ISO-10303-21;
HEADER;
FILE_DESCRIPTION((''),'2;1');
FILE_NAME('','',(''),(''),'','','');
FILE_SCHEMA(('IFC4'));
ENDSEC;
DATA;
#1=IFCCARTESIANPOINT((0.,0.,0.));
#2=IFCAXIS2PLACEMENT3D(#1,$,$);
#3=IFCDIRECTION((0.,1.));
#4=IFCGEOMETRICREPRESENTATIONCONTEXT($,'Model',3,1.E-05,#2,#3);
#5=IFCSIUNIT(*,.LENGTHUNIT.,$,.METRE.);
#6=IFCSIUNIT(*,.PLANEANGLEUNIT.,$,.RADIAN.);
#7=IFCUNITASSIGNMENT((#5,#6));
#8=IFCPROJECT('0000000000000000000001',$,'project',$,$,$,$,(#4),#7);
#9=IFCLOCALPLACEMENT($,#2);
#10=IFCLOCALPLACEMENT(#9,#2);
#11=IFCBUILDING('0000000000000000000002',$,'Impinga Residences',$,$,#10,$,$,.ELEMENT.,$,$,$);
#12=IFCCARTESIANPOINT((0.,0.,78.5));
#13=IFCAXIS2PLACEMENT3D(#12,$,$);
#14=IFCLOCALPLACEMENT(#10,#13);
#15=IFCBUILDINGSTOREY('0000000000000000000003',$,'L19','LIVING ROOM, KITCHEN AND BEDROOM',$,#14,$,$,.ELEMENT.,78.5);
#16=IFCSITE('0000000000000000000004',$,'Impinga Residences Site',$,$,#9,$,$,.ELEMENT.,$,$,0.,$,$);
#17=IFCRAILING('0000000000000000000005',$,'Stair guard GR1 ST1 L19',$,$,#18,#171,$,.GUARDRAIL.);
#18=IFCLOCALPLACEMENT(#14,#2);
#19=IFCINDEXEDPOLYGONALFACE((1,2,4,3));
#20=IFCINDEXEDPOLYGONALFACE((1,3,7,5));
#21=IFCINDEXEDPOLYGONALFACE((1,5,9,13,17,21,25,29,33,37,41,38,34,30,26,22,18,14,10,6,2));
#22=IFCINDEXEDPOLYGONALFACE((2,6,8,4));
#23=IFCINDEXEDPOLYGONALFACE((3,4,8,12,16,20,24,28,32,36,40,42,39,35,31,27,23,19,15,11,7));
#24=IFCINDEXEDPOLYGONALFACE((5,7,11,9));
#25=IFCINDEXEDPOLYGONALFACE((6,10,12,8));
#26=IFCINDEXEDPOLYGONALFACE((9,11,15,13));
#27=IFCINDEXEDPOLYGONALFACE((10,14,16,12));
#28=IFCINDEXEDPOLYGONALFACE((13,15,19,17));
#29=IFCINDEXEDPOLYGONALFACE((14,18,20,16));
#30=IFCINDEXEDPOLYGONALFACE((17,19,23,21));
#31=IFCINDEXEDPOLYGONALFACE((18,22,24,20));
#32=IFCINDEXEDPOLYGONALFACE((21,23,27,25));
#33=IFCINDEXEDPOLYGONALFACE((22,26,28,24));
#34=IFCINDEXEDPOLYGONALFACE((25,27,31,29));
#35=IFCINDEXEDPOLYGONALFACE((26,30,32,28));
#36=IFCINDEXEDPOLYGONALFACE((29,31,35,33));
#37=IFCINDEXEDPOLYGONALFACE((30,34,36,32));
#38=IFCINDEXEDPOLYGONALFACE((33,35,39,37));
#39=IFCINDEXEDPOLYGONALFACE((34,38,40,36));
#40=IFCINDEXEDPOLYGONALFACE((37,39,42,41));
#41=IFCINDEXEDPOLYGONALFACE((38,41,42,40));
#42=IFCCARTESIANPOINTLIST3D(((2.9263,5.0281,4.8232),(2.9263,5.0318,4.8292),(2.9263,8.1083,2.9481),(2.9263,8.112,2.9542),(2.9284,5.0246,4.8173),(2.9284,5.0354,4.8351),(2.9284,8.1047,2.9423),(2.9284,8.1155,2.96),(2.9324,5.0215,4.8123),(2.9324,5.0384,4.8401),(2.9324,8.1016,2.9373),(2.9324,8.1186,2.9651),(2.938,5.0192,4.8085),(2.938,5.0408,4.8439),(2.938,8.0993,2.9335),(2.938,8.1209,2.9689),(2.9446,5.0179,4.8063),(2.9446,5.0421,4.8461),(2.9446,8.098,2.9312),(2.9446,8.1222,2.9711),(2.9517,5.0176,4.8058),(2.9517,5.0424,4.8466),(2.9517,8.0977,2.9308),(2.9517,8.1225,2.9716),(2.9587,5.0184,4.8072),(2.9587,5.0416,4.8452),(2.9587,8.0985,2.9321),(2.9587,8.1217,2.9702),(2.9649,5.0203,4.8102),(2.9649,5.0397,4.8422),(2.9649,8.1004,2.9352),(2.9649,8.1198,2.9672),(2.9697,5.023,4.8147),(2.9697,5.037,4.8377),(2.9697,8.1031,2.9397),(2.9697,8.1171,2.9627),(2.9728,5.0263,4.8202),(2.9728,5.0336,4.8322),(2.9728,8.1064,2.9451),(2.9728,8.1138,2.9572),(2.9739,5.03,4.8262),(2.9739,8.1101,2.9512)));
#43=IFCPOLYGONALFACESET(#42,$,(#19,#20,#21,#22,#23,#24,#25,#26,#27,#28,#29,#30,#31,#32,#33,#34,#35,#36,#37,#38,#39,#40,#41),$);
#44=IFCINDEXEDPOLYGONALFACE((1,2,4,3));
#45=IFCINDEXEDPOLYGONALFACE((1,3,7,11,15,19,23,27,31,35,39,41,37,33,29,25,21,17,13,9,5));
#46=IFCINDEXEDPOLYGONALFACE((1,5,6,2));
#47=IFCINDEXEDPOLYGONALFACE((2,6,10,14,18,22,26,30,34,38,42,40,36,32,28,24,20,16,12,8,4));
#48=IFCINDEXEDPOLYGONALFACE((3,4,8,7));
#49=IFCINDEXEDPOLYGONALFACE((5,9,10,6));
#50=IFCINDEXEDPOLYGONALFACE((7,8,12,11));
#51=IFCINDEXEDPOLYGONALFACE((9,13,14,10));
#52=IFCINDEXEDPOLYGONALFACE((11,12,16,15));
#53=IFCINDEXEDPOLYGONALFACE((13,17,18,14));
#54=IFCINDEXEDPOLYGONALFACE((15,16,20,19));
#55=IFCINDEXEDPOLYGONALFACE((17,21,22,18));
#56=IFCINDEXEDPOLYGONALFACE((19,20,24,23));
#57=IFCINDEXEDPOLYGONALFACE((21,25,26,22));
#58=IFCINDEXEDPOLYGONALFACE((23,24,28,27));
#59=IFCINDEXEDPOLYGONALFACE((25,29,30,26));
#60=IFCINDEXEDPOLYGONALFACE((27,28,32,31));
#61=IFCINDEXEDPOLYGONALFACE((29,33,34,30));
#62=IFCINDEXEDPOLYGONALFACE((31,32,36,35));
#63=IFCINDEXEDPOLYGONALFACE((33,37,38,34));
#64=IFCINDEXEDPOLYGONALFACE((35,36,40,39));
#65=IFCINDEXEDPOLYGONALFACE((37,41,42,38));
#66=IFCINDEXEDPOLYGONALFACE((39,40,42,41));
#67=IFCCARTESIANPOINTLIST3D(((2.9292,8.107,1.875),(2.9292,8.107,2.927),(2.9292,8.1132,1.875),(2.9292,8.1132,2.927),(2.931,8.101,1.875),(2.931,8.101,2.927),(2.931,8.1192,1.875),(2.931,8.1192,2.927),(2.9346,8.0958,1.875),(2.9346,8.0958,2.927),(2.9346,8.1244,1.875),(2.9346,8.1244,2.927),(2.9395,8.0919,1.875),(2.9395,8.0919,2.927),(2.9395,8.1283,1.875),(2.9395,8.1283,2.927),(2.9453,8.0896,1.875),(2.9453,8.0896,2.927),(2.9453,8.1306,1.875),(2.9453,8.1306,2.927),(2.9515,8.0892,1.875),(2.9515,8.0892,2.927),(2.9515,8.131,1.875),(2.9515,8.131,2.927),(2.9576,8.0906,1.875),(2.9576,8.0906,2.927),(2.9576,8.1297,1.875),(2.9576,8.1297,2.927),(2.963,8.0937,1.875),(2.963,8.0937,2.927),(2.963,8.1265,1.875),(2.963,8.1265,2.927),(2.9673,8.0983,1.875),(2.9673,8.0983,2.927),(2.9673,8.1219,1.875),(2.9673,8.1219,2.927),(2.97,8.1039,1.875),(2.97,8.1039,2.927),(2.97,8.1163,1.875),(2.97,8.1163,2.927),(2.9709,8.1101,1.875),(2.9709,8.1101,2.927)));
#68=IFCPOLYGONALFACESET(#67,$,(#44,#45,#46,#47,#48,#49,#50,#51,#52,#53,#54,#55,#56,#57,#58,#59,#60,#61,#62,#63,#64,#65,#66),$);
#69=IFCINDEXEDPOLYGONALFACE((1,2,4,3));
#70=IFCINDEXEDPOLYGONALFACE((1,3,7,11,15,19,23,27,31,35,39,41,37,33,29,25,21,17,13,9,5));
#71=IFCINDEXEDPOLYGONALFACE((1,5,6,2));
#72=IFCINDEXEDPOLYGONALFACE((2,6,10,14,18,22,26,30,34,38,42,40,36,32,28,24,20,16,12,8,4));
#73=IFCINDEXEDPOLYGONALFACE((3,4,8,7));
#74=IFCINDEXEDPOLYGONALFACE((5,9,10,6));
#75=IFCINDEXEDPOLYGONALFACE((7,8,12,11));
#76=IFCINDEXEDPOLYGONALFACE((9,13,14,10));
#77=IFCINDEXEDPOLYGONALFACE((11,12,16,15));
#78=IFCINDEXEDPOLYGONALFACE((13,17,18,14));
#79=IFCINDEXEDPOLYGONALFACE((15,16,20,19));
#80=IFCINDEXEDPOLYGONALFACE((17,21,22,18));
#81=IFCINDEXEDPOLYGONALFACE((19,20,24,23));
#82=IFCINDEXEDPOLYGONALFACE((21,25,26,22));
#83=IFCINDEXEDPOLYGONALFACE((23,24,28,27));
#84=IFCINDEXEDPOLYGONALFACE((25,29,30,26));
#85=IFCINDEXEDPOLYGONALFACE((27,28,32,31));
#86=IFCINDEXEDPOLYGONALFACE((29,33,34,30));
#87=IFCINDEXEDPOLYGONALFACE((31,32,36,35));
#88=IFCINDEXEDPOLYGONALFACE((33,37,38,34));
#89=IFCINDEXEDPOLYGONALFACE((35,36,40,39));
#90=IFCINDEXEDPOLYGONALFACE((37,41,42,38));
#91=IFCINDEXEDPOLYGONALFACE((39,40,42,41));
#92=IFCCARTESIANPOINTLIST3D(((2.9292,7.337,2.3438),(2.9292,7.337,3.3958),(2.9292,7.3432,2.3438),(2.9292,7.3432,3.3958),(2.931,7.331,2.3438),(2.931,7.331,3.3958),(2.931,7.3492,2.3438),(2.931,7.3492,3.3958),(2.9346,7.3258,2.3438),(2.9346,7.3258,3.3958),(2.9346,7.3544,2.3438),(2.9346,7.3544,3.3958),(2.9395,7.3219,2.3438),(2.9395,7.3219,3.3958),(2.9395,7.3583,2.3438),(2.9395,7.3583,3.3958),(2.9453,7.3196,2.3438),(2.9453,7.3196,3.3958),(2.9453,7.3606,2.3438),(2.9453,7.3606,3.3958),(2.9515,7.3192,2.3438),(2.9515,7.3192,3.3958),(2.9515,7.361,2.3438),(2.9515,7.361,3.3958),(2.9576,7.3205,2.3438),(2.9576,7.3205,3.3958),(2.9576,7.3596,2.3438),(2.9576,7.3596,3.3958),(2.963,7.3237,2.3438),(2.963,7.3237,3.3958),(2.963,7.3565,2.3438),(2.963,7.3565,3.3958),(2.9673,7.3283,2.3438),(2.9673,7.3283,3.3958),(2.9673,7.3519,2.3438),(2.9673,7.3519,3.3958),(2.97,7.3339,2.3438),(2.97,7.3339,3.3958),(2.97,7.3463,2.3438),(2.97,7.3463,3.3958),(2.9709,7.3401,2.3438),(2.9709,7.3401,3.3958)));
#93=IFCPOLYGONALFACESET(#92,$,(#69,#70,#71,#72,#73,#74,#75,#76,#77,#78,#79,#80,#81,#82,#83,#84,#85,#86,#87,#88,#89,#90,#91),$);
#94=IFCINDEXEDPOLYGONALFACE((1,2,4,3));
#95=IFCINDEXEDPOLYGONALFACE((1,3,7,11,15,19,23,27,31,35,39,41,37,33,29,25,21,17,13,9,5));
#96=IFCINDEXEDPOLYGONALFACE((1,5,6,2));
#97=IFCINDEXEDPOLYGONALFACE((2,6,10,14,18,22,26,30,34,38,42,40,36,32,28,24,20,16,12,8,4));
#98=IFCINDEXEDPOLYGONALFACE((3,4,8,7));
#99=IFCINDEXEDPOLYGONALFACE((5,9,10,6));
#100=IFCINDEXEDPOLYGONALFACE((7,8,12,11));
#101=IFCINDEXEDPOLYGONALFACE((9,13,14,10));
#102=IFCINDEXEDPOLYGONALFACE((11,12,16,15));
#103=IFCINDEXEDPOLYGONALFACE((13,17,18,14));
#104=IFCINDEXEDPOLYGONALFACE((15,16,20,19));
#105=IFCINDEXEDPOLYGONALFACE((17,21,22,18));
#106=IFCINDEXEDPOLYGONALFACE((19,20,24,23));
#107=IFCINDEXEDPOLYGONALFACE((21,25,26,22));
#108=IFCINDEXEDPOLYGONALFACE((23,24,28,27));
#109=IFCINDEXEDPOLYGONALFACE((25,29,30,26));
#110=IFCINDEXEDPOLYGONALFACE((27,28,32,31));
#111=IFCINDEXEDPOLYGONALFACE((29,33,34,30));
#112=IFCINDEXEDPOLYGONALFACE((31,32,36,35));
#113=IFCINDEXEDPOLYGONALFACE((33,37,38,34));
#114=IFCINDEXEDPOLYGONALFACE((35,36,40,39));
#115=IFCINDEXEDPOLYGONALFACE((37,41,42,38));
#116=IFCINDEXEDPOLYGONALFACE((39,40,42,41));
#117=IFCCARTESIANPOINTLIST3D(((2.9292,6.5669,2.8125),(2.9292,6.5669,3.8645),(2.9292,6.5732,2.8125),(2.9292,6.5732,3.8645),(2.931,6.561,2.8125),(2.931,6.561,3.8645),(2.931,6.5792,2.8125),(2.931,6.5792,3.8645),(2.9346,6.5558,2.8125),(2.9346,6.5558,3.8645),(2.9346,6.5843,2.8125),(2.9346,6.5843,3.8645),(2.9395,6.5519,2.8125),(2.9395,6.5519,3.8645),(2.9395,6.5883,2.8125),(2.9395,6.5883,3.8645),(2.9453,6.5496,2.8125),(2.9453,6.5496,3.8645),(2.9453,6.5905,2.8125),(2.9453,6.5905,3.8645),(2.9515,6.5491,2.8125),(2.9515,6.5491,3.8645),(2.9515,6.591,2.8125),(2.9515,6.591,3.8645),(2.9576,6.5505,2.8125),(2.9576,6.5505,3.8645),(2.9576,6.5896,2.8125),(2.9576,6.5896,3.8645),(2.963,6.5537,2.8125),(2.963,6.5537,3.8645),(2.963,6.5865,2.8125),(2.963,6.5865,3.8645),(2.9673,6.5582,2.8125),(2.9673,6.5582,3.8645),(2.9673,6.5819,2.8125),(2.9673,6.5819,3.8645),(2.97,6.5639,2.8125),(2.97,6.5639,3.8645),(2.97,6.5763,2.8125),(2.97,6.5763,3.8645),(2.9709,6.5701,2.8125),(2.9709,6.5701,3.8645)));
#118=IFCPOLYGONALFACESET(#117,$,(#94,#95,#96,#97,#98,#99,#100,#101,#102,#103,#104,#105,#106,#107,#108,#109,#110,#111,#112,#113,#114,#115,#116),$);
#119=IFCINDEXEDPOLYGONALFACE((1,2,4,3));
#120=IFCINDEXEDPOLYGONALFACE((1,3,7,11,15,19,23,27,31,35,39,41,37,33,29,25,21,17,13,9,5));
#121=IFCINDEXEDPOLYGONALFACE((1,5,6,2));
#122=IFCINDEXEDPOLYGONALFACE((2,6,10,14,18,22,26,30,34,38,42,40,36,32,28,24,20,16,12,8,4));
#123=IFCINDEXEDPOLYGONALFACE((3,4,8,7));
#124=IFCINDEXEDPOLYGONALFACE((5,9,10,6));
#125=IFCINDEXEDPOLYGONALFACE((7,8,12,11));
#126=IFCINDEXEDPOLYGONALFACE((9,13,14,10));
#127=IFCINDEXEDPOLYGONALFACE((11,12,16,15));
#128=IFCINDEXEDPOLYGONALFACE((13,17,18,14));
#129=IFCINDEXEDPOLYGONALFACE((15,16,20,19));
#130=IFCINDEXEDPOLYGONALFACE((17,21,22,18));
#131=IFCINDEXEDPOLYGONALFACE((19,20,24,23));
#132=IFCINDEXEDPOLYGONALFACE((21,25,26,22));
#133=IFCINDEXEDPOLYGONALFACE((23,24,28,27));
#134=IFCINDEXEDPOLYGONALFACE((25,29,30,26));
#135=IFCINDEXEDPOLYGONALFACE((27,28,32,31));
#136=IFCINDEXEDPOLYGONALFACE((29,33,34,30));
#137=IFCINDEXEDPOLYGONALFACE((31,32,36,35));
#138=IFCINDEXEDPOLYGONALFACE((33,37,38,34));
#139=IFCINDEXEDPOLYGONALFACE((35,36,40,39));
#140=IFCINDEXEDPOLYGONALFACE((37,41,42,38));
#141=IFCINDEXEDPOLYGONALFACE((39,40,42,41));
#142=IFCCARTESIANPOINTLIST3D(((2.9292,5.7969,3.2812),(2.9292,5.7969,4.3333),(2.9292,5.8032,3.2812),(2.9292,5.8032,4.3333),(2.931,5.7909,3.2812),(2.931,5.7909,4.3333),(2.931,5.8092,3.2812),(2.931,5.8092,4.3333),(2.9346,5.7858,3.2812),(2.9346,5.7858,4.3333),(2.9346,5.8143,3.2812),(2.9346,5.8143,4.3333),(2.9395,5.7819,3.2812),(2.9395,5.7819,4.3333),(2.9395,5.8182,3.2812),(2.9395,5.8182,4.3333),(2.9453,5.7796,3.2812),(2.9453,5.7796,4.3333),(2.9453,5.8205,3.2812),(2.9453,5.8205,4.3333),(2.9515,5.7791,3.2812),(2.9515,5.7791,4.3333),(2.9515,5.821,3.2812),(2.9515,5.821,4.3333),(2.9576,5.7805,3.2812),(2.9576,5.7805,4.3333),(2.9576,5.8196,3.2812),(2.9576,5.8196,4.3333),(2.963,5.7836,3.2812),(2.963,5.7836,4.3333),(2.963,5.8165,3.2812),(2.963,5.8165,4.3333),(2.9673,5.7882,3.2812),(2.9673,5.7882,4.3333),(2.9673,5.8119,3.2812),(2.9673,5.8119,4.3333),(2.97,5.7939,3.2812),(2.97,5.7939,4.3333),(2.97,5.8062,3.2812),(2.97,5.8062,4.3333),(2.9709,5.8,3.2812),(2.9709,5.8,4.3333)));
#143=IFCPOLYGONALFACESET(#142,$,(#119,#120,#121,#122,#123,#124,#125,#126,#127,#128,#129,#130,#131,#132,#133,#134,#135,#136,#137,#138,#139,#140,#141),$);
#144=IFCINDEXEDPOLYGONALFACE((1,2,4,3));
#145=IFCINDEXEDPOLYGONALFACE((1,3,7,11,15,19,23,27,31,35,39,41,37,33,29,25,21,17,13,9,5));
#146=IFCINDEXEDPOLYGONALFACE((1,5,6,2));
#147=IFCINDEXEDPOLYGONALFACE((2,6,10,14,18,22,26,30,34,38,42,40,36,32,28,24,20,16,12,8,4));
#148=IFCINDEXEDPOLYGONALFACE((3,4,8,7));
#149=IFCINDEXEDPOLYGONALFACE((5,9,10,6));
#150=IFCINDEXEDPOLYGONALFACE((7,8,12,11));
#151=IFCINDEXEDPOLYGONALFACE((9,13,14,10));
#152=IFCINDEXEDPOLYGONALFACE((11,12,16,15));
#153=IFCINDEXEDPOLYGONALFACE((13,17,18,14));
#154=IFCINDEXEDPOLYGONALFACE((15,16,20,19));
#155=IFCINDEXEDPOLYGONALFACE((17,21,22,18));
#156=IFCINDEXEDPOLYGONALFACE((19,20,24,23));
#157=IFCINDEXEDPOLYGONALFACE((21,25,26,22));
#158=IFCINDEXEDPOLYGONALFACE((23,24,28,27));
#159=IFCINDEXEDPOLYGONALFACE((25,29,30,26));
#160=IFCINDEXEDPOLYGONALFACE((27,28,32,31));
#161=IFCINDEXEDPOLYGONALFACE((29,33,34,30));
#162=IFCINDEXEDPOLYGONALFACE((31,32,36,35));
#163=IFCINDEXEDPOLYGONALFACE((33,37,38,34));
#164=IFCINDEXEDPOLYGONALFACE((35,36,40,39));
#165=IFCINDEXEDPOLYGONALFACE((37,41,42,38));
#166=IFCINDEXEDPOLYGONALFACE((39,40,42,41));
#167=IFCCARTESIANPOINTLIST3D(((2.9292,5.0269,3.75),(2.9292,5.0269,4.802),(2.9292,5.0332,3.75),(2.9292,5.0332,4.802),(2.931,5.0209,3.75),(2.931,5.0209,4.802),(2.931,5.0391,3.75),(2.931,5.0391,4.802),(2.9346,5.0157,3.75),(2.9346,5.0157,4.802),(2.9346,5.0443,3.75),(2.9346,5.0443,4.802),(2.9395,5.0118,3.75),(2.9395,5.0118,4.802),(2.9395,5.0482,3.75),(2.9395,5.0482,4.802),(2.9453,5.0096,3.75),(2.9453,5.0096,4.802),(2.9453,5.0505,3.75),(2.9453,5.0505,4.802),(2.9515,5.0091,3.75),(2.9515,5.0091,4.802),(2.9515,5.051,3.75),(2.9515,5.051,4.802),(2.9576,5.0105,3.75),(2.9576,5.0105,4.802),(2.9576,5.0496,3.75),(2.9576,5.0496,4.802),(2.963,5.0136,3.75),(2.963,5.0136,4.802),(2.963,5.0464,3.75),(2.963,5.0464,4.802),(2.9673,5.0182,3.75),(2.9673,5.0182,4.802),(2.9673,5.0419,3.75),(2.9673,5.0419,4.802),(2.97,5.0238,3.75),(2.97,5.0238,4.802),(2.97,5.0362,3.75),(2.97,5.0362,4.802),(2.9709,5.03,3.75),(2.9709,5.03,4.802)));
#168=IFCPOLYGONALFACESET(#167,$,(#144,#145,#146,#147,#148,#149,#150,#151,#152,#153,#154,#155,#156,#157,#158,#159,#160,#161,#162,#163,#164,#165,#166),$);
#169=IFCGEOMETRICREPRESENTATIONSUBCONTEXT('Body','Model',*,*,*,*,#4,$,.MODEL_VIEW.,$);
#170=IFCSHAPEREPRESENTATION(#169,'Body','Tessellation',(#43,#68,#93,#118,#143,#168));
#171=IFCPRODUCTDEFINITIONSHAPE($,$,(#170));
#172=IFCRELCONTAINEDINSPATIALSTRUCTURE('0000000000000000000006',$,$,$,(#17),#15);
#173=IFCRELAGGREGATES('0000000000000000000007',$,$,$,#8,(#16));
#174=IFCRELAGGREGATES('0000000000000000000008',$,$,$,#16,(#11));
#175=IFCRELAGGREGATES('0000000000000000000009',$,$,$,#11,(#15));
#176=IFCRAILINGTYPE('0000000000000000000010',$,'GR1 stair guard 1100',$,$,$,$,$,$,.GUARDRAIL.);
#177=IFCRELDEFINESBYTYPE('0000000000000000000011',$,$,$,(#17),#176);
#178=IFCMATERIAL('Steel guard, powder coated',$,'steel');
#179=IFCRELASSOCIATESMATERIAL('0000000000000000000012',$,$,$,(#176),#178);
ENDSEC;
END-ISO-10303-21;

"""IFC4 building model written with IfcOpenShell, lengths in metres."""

from ifc_helpers import new_model, si_unit, direction, frame, origin, origin_2d, place, context, subcontext, project, spatial, circle, extrude, material, type_object, element, save


model = new_model("IFC4")

# Units and contexts
model_context = context("Model", 3, precision=1e-05, world=origin(), true_north=direction((0.0, 1.0)))
body_context = subcontext(model_context, "Body", "Model", "MODEL_VIEW")
ifc_project = project(units=[si_unit("LENGTHUNIT", "METRE"), si_unit("PLANEANGLEUNIT", "RADIAN")], contexts=[model_context])

# Site, building, storey
site_placement = place(None, origin())
site = spatial("IfcSite", under=ifc_project, at=site_placement, Name="Impinga Residences Site", CompositionType="ELEMENT", RefElevation=0.0)
building_placement = place(site_placement, origin())
building = spatial("IfcBuilding", under=site, at=building_placement, Name="Impinga Residences", CompositionType="ELEMENT")
storey_placement = place(building_placement, frame((0.0, 0.0, 78.5)))
storey = spatial("IfcBuildingStorey", under=building, at=storey_placement, Name="L19", Description="LIVING ROOM, KITCHEN AND BEDROOM", CompositionType="ELEMENT", Elevation=78.5)

# Railing
ifc_material_1 = material(Name="Steel guard, powder coated", Category="steel")
railing_type_1 = type_object("IfcRailingType", Name="GR1 stair guard 1100", PredefinedType="GUARDRAIL", material=ifc_material_1)
railing_1_placement = place(storey_placement, frame((2.95, 8.1101, 1.875)))
element("IfcRailing", 1, at=railing_1_placement, inside=storey, type_object=railing_type_1, Name="Stair guard GR1 ST1 L19", PredefinedType="GUARDRAIL", context=body_context, shape_type="SweptSolid", body=[
    extrude(circle(Radius=0.0239, at=origin_2d()), frame((0.0, 0.0, 1.0762), z_axis=(0.0, -0.854178, 0.519981), x_axis=(1.0, 0.0, 0.0)), (0.0, 0.0, 1.0), 3.606),
    extrude(circle(Radius=0.021, at=origin_2d()), origin(), (0.0, 0.0, 1.0), 1.052),
    extrude(circle(Radius=0.021, at=origin_2d()), frame((0.0, -0.77, 0.4688)), (0.0, 0.0, 1.0), 1.052),
    extrude(circle(Radius=0.021, at=origin_2d()), frame((0.0, -1.54, 0.9375)), (0.0, 0.0, 1.0), 1.052),
    extrude(circle(Radius=0.021, at=origin_2d()), frame((0.0, -2.3101, 1.4062)), (0.0, 0.0, 1.0), 1.052),
    extrude(circle(Radius=0.021, at=origin_2d()), frame((0.0, -3.0801, 1.875)), (0.0, 0.0, 1.0), 1.052),
])

save(model, "model.ifc")
